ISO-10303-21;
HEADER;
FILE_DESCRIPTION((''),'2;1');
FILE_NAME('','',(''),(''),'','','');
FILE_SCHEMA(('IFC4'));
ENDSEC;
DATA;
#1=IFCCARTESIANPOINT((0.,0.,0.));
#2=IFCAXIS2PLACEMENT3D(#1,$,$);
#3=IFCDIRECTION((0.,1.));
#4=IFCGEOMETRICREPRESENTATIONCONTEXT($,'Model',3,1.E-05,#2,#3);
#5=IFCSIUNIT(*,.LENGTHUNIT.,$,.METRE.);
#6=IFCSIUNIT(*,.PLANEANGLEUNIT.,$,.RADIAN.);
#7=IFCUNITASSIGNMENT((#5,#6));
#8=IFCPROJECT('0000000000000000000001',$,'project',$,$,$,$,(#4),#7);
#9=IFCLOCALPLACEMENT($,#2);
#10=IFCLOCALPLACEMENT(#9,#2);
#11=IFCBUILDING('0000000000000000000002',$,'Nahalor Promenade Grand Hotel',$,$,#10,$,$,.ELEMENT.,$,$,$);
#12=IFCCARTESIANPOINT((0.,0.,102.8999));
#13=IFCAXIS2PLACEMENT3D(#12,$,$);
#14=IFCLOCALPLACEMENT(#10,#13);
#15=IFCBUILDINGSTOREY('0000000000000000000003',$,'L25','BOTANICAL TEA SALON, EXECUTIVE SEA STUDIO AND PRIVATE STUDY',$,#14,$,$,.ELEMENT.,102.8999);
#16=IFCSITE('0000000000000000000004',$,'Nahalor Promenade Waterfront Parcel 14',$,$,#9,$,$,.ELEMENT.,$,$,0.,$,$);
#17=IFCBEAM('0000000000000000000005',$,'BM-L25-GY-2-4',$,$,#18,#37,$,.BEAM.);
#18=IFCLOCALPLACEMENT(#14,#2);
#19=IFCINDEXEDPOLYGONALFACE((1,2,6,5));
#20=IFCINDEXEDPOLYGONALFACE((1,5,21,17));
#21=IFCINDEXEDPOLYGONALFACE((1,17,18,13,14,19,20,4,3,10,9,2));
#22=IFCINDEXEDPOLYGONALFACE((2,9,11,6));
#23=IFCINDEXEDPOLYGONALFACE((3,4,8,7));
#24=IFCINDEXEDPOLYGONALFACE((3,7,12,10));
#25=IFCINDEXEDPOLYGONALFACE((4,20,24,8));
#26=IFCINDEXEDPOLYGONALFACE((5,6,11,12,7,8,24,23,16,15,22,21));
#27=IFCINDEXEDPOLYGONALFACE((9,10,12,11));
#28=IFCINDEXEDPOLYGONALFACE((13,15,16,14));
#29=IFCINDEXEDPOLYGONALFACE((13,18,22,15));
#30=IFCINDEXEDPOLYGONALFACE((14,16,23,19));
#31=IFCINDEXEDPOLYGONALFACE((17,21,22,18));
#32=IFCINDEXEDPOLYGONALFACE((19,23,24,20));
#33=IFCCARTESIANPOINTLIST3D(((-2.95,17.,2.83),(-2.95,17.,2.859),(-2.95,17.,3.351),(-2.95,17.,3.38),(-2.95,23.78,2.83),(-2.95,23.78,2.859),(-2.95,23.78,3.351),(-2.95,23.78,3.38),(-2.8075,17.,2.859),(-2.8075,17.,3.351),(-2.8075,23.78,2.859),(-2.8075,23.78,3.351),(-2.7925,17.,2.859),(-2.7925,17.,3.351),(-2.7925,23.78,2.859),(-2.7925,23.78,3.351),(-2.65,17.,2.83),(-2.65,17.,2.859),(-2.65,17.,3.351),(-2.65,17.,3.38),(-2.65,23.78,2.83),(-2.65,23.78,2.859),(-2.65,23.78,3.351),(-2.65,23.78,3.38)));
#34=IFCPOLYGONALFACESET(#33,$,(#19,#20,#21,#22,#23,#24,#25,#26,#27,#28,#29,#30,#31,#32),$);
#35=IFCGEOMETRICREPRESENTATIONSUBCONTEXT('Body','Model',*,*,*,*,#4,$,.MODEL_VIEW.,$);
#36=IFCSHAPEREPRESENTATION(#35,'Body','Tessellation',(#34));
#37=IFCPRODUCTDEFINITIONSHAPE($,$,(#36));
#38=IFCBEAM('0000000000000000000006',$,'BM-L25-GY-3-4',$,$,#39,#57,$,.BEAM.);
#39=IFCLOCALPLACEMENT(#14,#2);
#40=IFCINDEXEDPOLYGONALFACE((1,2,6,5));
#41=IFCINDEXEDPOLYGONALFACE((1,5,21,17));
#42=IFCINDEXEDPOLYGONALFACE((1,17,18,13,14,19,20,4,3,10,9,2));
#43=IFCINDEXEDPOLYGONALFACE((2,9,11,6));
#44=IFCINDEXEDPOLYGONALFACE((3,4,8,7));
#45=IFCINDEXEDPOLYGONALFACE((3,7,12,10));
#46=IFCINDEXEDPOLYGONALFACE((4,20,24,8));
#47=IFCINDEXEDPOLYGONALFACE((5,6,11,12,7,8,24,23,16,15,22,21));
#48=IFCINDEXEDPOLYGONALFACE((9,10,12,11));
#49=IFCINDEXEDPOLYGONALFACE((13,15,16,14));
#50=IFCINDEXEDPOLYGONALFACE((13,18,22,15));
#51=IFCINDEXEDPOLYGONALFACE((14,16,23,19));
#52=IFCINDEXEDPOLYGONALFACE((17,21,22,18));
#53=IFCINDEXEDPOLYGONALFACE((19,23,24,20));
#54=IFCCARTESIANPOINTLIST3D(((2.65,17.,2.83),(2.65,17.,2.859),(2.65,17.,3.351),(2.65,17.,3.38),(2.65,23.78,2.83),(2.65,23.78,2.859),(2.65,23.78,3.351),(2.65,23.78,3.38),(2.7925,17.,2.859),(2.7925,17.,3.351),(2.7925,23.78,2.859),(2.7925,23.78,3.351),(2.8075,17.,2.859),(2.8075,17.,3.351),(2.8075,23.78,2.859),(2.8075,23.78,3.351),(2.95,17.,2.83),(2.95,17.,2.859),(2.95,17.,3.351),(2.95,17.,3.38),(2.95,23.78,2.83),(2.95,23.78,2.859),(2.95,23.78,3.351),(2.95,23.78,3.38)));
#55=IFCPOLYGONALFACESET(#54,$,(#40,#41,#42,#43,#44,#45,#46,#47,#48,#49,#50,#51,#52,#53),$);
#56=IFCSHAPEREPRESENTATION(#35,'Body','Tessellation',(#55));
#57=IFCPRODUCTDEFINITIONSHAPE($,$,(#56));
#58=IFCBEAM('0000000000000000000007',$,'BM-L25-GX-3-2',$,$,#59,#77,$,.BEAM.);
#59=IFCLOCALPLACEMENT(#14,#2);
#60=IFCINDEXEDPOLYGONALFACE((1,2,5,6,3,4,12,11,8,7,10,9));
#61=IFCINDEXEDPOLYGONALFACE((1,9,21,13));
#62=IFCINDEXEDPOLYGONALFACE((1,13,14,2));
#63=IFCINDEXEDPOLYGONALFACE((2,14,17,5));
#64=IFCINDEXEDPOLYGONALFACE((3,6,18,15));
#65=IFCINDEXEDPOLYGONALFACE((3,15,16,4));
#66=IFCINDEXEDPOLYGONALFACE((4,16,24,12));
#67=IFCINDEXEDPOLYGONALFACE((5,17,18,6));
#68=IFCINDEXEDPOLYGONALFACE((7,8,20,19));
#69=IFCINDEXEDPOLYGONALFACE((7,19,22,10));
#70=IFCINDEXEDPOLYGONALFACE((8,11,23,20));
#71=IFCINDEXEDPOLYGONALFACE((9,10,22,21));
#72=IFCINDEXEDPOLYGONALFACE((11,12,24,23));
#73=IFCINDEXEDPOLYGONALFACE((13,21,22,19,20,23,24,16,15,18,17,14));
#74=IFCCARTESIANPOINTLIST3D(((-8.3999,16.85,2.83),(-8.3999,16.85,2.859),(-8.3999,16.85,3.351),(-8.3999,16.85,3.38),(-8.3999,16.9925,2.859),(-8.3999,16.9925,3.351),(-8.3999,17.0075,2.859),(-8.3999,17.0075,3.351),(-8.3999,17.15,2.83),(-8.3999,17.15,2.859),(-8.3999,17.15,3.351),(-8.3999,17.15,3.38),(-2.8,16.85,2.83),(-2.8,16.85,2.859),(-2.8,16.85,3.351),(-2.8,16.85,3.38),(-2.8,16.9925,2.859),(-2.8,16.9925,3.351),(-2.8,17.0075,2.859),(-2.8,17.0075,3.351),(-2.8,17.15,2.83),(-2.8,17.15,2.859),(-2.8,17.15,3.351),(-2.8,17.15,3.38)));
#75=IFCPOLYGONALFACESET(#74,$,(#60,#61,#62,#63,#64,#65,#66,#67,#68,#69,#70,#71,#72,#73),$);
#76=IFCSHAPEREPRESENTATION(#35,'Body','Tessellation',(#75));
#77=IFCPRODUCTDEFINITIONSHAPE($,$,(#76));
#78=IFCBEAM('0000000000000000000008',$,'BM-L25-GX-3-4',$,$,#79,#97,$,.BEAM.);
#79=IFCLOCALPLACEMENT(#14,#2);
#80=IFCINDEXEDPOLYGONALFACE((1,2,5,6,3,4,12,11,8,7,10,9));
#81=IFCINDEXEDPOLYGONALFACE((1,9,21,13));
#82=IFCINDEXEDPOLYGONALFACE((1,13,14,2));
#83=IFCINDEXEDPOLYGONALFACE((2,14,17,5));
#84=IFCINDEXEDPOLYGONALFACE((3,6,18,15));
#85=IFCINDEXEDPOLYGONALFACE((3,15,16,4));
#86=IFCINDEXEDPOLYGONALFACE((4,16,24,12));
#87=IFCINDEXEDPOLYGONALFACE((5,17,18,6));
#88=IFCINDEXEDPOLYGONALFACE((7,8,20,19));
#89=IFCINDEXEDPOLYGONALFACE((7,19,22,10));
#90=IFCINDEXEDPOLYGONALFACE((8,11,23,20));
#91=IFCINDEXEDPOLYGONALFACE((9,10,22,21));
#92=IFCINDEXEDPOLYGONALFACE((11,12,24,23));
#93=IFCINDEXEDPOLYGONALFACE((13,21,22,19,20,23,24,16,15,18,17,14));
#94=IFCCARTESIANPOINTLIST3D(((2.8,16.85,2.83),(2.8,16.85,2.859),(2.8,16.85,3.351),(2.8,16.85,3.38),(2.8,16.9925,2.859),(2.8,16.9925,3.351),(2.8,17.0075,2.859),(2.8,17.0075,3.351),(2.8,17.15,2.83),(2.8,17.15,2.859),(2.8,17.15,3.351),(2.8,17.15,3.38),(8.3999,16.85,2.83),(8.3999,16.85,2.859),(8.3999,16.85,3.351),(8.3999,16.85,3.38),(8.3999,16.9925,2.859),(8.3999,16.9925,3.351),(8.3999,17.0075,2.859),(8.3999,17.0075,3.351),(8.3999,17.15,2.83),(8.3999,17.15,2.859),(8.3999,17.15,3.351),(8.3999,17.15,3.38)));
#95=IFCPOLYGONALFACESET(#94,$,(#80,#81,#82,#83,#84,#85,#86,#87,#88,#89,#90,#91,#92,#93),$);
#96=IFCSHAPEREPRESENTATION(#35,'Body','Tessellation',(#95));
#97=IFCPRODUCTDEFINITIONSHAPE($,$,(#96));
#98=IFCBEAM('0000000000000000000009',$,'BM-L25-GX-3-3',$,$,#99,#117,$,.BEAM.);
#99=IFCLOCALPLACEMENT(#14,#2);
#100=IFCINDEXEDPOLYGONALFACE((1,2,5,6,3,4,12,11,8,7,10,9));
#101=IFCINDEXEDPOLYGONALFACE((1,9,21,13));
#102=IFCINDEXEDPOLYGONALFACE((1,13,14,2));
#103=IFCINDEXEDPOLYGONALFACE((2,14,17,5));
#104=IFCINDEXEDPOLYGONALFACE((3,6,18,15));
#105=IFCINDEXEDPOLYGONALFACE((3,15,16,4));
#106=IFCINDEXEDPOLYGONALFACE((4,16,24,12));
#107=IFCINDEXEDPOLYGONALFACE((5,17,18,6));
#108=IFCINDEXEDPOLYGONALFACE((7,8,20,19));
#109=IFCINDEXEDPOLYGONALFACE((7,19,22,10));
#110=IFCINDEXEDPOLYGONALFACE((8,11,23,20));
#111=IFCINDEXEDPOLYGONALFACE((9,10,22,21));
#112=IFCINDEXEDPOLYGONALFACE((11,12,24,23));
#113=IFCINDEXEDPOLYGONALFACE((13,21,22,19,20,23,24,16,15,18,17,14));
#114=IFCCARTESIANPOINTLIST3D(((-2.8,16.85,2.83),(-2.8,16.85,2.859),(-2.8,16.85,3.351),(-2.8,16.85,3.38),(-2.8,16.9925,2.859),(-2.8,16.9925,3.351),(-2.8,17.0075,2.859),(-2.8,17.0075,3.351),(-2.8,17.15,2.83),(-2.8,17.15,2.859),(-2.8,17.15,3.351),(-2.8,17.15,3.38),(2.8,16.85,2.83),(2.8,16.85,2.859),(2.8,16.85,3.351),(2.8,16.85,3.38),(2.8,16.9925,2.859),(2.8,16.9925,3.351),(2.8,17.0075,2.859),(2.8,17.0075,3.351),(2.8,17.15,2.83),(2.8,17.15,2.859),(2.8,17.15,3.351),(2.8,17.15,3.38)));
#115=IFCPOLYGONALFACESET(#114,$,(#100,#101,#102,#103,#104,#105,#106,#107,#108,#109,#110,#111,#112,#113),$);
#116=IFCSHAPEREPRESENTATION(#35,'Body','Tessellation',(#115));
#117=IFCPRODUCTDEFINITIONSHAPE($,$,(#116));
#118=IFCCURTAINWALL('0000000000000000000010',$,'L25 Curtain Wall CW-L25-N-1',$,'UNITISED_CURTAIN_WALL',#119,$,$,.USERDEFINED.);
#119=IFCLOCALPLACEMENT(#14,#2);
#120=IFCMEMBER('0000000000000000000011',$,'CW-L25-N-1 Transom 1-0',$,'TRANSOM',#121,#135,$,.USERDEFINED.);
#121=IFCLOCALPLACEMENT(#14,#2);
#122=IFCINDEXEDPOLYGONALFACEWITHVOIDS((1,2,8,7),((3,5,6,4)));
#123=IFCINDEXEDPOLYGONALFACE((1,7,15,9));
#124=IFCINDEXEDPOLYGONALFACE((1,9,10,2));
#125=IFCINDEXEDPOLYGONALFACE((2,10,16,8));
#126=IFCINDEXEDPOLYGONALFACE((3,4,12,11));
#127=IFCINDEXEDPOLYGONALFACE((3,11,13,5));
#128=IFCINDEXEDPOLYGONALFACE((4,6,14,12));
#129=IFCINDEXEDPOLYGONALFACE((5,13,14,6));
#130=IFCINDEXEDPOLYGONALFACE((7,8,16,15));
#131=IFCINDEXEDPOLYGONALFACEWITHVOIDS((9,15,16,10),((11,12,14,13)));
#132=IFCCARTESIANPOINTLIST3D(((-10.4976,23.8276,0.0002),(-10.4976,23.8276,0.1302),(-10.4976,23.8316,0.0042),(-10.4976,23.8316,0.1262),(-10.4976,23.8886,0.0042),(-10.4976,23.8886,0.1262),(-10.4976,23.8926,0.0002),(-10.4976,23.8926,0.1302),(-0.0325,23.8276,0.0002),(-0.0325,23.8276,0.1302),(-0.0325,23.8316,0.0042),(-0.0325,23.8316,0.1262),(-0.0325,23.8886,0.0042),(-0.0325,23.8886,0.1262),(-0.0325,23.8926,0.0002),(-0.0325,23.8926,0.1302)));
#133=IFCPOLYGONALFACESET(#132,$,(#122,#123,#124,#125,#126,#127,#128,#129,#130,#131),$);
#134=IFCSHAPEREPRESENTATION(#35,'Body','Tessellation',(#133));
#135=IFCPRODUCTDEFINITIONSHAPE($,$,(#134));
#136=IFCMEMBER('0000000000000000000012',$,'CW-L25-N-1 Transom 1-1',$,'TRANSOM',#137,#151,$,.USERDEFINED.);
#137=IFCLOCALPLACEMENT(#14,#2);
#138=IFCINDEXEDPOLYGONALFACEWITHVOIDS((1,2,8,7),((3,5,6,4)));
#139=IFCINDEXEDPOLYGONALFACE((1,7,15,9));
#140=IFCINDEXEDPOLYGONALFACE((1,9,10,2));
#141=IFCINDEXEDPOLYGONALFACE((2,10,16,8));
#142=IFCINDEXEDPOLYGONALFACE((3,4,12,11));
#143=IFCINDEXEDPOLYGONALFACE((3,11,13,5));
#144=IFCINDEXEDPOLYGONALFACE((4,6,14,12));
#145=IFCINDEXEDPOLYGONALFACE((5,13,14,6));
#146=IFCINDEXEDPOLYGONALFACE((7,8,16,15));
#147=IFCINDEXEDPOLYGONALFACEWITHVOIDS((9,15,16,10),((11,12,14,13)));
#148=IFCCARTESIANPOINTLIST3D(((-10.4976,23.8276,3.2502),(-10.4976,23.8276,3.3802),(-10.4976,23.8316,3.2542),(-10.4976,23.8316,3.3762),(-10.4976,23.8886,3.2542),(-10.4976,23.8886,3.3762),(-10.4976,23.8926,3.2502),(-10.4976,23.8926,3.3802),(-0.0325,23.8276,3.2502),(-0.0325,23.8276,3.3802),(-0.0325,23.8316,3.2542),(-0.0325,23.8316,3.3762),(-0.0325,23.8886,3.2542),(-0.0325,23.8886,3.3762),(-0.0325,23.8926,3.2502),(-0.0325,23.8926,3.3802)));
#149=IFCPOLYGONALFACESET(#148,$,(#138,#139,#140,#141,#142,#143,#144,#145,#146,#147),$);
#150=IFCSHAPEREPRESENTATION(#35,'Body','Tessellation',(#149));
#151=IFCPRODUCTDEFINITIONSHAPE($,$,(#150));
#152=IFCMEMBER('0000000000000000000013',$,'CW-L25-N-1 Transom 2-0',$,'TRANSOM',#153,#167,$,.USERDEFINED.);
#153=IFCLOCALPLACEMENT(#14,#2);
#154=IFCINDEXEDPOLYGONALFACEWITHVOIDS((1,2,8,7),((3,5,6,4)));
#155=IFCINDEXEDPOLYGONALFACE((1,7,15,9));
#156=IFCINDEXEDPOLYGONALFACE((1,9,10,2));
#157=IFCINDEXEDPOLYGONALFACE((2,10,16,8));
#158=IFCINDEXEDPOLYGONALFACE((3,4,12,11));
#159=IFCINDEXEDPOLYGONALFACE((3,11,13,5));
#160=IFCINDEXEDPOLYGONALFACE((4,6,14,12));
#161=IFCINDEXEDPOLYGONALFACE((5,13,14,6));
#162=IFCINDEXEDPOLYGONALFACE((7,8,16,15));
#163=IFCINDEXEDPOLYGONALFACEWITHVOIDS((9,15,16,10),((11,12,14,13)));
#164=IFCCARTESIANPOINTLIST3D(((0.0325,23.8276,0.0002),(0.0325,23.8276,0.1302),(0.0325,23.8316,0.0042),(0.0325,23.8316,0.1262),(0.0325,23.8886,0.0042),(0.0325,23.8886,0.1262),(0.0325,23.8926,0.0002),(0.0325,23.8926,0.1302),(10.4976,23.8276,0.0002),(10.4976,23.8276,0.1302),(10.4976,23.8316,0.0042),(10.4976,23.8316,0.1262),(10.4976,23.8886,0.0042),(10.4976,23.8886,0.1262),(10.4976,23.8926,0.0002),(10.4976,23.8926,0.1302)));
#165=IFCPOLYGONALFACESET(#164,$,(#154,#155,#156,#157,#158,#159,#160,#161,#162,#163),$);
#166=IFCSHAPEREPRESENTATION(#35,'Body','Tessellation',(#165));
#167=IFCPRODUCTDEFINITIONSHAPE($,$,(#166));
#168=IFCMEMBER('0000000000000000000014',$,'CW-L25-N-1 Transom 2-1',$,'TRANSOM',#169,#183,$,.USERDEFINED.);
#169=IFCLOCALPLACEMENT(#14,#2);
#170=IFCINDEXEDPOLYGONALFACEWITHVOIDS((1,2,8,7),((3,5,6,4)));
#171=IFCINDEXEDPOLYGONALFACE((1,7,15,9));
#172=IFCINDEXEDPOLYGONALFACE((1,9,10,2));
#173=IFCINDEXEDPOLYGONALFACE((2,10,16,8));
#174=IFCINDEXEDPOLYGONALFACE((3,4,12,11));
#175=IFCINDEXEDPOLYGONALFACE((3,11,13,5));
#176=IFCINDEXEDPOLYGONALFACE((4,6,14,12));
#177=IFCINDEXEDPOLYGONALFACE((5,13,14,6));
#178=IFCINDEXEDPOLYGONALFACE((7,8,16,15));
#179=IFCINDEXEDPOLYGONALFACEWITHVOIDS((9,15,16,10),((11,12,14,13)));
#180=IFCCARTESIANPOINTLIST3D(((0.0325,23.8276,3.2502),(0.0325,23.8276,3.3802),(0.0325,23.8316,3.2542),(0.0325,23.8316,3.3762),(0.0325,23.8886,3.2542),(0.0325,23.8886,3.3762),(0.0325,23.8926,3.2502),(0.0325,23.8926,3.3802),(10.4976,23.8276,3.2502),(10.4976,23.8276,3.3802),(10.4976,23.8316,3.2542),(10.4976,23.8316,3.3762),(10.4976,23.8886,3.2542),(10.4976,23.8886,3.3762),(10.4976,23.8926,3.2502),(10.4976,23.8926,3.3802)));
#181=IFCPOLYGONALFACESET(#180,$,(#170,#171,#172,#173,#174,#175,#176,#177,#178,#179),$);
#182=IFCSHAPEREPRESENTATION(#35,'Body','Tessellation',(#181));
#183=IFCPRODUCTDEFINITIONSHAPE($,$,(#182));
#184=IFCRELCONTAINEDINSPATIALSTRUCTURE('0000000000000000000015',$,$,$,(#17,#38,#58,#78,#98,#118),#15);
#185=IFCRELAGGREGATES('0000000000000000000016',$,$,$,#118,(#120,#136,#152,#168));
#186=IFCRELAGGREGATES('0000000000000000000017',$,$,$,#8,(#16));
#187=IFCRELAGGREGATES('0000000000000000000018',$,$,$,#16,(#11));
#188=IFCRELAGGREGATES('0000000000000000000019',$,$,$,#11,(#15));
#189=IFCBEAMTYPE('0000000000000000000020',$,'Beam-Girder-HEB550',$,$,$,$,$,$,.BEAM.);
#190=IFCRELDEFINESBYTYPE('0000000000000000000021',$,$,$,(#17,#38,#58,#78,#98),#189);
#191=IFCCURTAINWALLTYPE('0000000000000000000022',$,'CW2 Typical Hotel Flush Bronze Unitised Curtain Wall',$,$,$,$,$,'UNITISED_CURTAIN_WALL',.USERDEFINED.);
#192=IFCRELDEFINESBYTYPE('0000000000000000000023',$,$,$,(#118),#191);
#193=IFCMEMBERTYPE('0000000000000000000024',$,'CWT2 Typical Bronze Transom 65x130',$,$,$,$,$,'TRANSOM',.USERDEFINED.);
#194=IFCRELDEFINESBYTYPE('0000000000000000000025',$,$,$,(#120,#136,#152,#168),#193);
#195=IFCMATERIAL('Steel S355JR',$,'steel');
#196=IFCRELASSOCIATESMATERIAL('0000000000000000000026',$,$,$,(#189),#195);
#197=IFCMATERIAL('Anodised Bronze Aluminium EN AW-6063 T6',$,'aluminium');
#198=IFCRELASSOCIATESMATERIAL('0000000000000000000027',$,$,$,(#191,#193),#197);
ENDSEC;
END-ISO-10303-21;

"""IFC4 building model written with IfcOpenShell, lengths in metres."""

from ifc_helpers import new_model, si_unit, direction, frame, origin, origin_2d, place, context, subcontext, project, spatial, hollow_rectangle, i_section, extrude, source, transform, mapped, material, material_profile, profile_set, type_object, element, aggregate, save


model = new_model("IFC4")

# Units and contexts
model_context = context("Model", 3, precision=1e-05, world=origin(), true_north=direction((0.0, 1.0)))
body_context = subcontext(model_context, "Body", "Model", "MODEL_VIEW")
ifc_project = project(units=[si_unit("LENGTHUNIT", "METRE"), si_unit("PLANEANGLEUNIT", "RADIAN")], contexts=[model_context])

# Site, building, storey
site_placement = place(None, origin())
site = spatial("IfcSite", under=ifc_project, at=site_placement, Name="Nahalor Promenade Waterfront Parcel 14", CompositionType="ELEMENT", RefElevation=0.0)
building_placement = place(site_placement, origin())
building = spatial("IfcBuilding", under=site, at=building_placement, Name="Nahalor Promenade Grand Hotel", CompositionType="ELEMENT")
storey_placement = place(building_placement, frame((0.0, 0.0, 102.8999)))
storey = spatial("IfcBuildingStorey", under=building, at=storey_placement, Name="L25", Description="BOTANICAL TEA SALON, EXECUTIVE SEA STUDIO AND PRIVATE STUDY", CompositionType="ELEMENT", Elevation=102.8999)

# Beams
ifc_material_1 = material(Name="Steel S355JR", Category="steel")
ifc_material_profile_1 = material_profile(ifc_material_1, i_section(OverallWidth=0.3, OverallDepth=0.55, WebThickness=0.015, FlangeThickness=0.029, at=origin_2d()), Name="HEB 550")
ifc_profile_set_1 = profile_set([ifc_material_profile_1], Name="Steel S355JR")
beam_type_1 = type_object("IfcBeamType", Name="Beam-Girder-HEB550", PredefinedType="BEAM", material=ifc_profile_set_1)
shared_shape_1 = source(origin(), body_context, "Body", "SweptSolid", [
    extrude(i_section(OverallWidth=0.3, OverallDepth=0.55, WebThickness=0.015, FlangeThickness=0.029, at=origin_2d()), origin(), (0.0, 0.0, 1.0), 6.78),
])
for number, where, z_axis, x_axis, name in (
    (1, (-2.8, 17.0, 3.105), (0.0, 1.0, 0.0), (-1.0, 0.0, 0.0), "BM-L25-GY-2-4"),
    (2, (2.8, 17.0, 3.105), (0.0, 1.0, 0.0), (-1.0, 0.0, 0.0), "BM-L25-GY-3-4"),
):
    element("IfcBeam", number, at=place(storey_placement, frame(where, z_axis=z_axis, x_axis=x_axis)), inside=storey, type_object=beam_type_1, Name=name, PredefinedType="BEAM", context=body_context, shape_type="MappedRepresentation", body=[
        mapped(shared_shape_1, transform((0.0, 0.0, 0.0), scale=1.0)),
    ])
shared_shape_2 = source(origin(), body_context, "Body", "SweptSolid", [
    extrude(i_section(OverallWidth=0.3, OverallDepth=0.55, WebThickness=0.015, FlangeThickness=0.029, at=origin_2d()), origin(), (0.0, 0.0, 1.0), 5.5999),
])
for number, where, z_axis, x_axis, name in (
    (3, (-8.3999, 17.0, 3.105), (1.0, 0.0, 0.0), (0.0, 1.0, 0.0), "BM-L25-GX-3-2"),
    (4, (2.8, 17.0, 3.105), (1.0, 0.0, 0.0), (0.0, 1.0, 0.0), "BM-L25-GX-3-4"),
):
    element("IfcBeam", number, at=place(storey_placement, frame(where, z_axis=z_axis, x_axis=x_axis)), inside=storey, type_object=beam_type_1, Name=name, PredefinedType="BEAM", context=body_context, shape_type="MappedRepresentation", body=[
        mapped(shared_shape_2, transform((0.0, 0.0, 0.0), scale=1.0)),
    ])
shared_shape_3 = source(origin(), body_context, "Body", "SweptSolid", [
    extrude(i_section(OverallWidth=0.3, OverallDepth=0.55, WebThickness=0.015, FlangeThickness=0.029, at=origin_2d()), origin(), (0.0, 0.0, 1.0), 5.6001),
])
beam_1_placement = place(storey_placement, frame((-2.8, 17.0, 3.105), z_axis=(1.0, 0.0, 0.0), x_axis=(0.0, 1.0, 0.0)))
element("IfcBeam", 5, at=beam_1_placement, inside=storey, type_object=beam_type_1, Name="BM-L25-GX-3-3", PredefinedType="BEAM", context=body_context, shape_type="MappedRepresentation", body=[
    mapped(shared_shape_3, transform((0.0, 0.0, 0.0), scale=1.0)),
])

# Curtain wall, members
ifc_material_2 = material(Name="Anodised Bronze Aluminium EN AW-6063 T6", Category="aluminium")
curtain_wall_type = type_object("IfcCurtainWallType", Name="CW2 Typical Hotel Flush Bronze Unitised Curtain Wall", ElementType="UNITISED_CURTAIN_WALL", PredefinedType="USERDEFINED", material=ifc_material_2)
curtain_wall_placement = place(storey_placement, origin())
curtain_wall = element("IfcCurtainWall", 6, at=curtain_wall_placement, inside=storey, type_object=curtain_wall_type, Name="L25 Curtain Wall CW-L25-N-1", ObjectType="UNITISED_CURTAIN_WALL", PredefinedType="USERDEFINED")
ifc_material_profile_2 = material_profile(ifc_material_2, hollow_rectangle(XDim=0.065, YDim=0.13, WallThickness=0.004, at=origin_2d()), Name="CWT 65x130x4")
ifc_profile_set_2 = profile_set([ifc_material_profile_2], Name="Anodised Bronze Aluminium EN AW-6063 T6")
member_type_1 = type_object("IfcMemberType", Name="CWT2 Typical Bronze Transom 65x130", ElementType="TRANSOM", PredefinedType="USERDEFINED", material=ifc_profile_set_2)
shared_shape_4 = source(origin(), body_context, "Body", "SweptSolid", [
    extrude(hollow_rectangle(XDim=0.065, YDim=0.13, WallThickness=0.004, at=origin_2d()), origin(), (0.0, 0.0, 1.0), 10.4651),
])
member_1_placement = place(storey_placement, frame((-10.4976, 23.8601, 0.0652), z_axis=(1.0, 0.0, 0.0), x_axis=(0.0, 1.0, 0.0)))
member_1 = element("IfcMember", 7, at=member_1_placement, type_object=member_type_1, Name="CW-L25-N-1 Transom 1-0", ObjectType="TRANSOM", PredefinedType="USERDEFINED", context=body_context, shape_type="MappedRepresentation", body=[
    mapped(shared_shape_4, transform((0.0, 0.0, 0.0), scale=1.0)),
])
member_2_placement = place(storey_placement, frame((-10.4976, 23.8601, 3.3152), z_axis=(1.0, 0.0, 0.0), x_axis=(0.0, 1.0, 0.0)))
member_2 = element("IfcMember", 8, at=member_2_placement, type_object=member_type_1, Name="CW-L25-N-1 Transom 1-1", ObjectType="TRANSOM", PredefinedType="USERDEFINED", context=body_context, shape_type="MappedRepresentation", body=[
    mapped(shared_shape_4, transform((0.0, 0.0, 0.0), scale=1.0)),
])
member_3_placement = place(storey_placement, frame((0.0325, 23.8601, 0.0652), z_axis=(1.0, 0.0, 0.0), x_axis=(0.0, 1.0, 0.0)))
member_3 = element("IfcMember", 9, at=member_3_placement, type_object=member_type_1, Name="CW-L25-N-1 Transom 2-0", ObjectType="TRANSOM", PredefinedType="USERDEFINED", context=body_context, shape_type="MappedRepresentation", body=[
    mapped(shared_shape_4, transform((0.0, 0.0, 0.0), scale=1.0)),
])
member_4_placement = place(storey_placement, frame((0.0325, 23.8601, 3.3152), z_axis=(1.0, 0.0, 0.0), x_axis=(0.0, 1.0, 0.0)))
member_4 = element("IfcMember", 10, at=member_4_placement, type_object=member_type_1, Name="CW-L25-N-1 Transom 2-1", ObjectType="TRANSOM", PredefinedType="USERDEFINED", context=body_context, shape_type="MappedRepresentation", body=[
    mapped(shared_shape_4, transform((0.0, 0.0, 0.0), scale=1.0)),
])
aggregate(curtain_wall, [member_1, member_2, member_3, member_4])

save(model, "model.ifc")
